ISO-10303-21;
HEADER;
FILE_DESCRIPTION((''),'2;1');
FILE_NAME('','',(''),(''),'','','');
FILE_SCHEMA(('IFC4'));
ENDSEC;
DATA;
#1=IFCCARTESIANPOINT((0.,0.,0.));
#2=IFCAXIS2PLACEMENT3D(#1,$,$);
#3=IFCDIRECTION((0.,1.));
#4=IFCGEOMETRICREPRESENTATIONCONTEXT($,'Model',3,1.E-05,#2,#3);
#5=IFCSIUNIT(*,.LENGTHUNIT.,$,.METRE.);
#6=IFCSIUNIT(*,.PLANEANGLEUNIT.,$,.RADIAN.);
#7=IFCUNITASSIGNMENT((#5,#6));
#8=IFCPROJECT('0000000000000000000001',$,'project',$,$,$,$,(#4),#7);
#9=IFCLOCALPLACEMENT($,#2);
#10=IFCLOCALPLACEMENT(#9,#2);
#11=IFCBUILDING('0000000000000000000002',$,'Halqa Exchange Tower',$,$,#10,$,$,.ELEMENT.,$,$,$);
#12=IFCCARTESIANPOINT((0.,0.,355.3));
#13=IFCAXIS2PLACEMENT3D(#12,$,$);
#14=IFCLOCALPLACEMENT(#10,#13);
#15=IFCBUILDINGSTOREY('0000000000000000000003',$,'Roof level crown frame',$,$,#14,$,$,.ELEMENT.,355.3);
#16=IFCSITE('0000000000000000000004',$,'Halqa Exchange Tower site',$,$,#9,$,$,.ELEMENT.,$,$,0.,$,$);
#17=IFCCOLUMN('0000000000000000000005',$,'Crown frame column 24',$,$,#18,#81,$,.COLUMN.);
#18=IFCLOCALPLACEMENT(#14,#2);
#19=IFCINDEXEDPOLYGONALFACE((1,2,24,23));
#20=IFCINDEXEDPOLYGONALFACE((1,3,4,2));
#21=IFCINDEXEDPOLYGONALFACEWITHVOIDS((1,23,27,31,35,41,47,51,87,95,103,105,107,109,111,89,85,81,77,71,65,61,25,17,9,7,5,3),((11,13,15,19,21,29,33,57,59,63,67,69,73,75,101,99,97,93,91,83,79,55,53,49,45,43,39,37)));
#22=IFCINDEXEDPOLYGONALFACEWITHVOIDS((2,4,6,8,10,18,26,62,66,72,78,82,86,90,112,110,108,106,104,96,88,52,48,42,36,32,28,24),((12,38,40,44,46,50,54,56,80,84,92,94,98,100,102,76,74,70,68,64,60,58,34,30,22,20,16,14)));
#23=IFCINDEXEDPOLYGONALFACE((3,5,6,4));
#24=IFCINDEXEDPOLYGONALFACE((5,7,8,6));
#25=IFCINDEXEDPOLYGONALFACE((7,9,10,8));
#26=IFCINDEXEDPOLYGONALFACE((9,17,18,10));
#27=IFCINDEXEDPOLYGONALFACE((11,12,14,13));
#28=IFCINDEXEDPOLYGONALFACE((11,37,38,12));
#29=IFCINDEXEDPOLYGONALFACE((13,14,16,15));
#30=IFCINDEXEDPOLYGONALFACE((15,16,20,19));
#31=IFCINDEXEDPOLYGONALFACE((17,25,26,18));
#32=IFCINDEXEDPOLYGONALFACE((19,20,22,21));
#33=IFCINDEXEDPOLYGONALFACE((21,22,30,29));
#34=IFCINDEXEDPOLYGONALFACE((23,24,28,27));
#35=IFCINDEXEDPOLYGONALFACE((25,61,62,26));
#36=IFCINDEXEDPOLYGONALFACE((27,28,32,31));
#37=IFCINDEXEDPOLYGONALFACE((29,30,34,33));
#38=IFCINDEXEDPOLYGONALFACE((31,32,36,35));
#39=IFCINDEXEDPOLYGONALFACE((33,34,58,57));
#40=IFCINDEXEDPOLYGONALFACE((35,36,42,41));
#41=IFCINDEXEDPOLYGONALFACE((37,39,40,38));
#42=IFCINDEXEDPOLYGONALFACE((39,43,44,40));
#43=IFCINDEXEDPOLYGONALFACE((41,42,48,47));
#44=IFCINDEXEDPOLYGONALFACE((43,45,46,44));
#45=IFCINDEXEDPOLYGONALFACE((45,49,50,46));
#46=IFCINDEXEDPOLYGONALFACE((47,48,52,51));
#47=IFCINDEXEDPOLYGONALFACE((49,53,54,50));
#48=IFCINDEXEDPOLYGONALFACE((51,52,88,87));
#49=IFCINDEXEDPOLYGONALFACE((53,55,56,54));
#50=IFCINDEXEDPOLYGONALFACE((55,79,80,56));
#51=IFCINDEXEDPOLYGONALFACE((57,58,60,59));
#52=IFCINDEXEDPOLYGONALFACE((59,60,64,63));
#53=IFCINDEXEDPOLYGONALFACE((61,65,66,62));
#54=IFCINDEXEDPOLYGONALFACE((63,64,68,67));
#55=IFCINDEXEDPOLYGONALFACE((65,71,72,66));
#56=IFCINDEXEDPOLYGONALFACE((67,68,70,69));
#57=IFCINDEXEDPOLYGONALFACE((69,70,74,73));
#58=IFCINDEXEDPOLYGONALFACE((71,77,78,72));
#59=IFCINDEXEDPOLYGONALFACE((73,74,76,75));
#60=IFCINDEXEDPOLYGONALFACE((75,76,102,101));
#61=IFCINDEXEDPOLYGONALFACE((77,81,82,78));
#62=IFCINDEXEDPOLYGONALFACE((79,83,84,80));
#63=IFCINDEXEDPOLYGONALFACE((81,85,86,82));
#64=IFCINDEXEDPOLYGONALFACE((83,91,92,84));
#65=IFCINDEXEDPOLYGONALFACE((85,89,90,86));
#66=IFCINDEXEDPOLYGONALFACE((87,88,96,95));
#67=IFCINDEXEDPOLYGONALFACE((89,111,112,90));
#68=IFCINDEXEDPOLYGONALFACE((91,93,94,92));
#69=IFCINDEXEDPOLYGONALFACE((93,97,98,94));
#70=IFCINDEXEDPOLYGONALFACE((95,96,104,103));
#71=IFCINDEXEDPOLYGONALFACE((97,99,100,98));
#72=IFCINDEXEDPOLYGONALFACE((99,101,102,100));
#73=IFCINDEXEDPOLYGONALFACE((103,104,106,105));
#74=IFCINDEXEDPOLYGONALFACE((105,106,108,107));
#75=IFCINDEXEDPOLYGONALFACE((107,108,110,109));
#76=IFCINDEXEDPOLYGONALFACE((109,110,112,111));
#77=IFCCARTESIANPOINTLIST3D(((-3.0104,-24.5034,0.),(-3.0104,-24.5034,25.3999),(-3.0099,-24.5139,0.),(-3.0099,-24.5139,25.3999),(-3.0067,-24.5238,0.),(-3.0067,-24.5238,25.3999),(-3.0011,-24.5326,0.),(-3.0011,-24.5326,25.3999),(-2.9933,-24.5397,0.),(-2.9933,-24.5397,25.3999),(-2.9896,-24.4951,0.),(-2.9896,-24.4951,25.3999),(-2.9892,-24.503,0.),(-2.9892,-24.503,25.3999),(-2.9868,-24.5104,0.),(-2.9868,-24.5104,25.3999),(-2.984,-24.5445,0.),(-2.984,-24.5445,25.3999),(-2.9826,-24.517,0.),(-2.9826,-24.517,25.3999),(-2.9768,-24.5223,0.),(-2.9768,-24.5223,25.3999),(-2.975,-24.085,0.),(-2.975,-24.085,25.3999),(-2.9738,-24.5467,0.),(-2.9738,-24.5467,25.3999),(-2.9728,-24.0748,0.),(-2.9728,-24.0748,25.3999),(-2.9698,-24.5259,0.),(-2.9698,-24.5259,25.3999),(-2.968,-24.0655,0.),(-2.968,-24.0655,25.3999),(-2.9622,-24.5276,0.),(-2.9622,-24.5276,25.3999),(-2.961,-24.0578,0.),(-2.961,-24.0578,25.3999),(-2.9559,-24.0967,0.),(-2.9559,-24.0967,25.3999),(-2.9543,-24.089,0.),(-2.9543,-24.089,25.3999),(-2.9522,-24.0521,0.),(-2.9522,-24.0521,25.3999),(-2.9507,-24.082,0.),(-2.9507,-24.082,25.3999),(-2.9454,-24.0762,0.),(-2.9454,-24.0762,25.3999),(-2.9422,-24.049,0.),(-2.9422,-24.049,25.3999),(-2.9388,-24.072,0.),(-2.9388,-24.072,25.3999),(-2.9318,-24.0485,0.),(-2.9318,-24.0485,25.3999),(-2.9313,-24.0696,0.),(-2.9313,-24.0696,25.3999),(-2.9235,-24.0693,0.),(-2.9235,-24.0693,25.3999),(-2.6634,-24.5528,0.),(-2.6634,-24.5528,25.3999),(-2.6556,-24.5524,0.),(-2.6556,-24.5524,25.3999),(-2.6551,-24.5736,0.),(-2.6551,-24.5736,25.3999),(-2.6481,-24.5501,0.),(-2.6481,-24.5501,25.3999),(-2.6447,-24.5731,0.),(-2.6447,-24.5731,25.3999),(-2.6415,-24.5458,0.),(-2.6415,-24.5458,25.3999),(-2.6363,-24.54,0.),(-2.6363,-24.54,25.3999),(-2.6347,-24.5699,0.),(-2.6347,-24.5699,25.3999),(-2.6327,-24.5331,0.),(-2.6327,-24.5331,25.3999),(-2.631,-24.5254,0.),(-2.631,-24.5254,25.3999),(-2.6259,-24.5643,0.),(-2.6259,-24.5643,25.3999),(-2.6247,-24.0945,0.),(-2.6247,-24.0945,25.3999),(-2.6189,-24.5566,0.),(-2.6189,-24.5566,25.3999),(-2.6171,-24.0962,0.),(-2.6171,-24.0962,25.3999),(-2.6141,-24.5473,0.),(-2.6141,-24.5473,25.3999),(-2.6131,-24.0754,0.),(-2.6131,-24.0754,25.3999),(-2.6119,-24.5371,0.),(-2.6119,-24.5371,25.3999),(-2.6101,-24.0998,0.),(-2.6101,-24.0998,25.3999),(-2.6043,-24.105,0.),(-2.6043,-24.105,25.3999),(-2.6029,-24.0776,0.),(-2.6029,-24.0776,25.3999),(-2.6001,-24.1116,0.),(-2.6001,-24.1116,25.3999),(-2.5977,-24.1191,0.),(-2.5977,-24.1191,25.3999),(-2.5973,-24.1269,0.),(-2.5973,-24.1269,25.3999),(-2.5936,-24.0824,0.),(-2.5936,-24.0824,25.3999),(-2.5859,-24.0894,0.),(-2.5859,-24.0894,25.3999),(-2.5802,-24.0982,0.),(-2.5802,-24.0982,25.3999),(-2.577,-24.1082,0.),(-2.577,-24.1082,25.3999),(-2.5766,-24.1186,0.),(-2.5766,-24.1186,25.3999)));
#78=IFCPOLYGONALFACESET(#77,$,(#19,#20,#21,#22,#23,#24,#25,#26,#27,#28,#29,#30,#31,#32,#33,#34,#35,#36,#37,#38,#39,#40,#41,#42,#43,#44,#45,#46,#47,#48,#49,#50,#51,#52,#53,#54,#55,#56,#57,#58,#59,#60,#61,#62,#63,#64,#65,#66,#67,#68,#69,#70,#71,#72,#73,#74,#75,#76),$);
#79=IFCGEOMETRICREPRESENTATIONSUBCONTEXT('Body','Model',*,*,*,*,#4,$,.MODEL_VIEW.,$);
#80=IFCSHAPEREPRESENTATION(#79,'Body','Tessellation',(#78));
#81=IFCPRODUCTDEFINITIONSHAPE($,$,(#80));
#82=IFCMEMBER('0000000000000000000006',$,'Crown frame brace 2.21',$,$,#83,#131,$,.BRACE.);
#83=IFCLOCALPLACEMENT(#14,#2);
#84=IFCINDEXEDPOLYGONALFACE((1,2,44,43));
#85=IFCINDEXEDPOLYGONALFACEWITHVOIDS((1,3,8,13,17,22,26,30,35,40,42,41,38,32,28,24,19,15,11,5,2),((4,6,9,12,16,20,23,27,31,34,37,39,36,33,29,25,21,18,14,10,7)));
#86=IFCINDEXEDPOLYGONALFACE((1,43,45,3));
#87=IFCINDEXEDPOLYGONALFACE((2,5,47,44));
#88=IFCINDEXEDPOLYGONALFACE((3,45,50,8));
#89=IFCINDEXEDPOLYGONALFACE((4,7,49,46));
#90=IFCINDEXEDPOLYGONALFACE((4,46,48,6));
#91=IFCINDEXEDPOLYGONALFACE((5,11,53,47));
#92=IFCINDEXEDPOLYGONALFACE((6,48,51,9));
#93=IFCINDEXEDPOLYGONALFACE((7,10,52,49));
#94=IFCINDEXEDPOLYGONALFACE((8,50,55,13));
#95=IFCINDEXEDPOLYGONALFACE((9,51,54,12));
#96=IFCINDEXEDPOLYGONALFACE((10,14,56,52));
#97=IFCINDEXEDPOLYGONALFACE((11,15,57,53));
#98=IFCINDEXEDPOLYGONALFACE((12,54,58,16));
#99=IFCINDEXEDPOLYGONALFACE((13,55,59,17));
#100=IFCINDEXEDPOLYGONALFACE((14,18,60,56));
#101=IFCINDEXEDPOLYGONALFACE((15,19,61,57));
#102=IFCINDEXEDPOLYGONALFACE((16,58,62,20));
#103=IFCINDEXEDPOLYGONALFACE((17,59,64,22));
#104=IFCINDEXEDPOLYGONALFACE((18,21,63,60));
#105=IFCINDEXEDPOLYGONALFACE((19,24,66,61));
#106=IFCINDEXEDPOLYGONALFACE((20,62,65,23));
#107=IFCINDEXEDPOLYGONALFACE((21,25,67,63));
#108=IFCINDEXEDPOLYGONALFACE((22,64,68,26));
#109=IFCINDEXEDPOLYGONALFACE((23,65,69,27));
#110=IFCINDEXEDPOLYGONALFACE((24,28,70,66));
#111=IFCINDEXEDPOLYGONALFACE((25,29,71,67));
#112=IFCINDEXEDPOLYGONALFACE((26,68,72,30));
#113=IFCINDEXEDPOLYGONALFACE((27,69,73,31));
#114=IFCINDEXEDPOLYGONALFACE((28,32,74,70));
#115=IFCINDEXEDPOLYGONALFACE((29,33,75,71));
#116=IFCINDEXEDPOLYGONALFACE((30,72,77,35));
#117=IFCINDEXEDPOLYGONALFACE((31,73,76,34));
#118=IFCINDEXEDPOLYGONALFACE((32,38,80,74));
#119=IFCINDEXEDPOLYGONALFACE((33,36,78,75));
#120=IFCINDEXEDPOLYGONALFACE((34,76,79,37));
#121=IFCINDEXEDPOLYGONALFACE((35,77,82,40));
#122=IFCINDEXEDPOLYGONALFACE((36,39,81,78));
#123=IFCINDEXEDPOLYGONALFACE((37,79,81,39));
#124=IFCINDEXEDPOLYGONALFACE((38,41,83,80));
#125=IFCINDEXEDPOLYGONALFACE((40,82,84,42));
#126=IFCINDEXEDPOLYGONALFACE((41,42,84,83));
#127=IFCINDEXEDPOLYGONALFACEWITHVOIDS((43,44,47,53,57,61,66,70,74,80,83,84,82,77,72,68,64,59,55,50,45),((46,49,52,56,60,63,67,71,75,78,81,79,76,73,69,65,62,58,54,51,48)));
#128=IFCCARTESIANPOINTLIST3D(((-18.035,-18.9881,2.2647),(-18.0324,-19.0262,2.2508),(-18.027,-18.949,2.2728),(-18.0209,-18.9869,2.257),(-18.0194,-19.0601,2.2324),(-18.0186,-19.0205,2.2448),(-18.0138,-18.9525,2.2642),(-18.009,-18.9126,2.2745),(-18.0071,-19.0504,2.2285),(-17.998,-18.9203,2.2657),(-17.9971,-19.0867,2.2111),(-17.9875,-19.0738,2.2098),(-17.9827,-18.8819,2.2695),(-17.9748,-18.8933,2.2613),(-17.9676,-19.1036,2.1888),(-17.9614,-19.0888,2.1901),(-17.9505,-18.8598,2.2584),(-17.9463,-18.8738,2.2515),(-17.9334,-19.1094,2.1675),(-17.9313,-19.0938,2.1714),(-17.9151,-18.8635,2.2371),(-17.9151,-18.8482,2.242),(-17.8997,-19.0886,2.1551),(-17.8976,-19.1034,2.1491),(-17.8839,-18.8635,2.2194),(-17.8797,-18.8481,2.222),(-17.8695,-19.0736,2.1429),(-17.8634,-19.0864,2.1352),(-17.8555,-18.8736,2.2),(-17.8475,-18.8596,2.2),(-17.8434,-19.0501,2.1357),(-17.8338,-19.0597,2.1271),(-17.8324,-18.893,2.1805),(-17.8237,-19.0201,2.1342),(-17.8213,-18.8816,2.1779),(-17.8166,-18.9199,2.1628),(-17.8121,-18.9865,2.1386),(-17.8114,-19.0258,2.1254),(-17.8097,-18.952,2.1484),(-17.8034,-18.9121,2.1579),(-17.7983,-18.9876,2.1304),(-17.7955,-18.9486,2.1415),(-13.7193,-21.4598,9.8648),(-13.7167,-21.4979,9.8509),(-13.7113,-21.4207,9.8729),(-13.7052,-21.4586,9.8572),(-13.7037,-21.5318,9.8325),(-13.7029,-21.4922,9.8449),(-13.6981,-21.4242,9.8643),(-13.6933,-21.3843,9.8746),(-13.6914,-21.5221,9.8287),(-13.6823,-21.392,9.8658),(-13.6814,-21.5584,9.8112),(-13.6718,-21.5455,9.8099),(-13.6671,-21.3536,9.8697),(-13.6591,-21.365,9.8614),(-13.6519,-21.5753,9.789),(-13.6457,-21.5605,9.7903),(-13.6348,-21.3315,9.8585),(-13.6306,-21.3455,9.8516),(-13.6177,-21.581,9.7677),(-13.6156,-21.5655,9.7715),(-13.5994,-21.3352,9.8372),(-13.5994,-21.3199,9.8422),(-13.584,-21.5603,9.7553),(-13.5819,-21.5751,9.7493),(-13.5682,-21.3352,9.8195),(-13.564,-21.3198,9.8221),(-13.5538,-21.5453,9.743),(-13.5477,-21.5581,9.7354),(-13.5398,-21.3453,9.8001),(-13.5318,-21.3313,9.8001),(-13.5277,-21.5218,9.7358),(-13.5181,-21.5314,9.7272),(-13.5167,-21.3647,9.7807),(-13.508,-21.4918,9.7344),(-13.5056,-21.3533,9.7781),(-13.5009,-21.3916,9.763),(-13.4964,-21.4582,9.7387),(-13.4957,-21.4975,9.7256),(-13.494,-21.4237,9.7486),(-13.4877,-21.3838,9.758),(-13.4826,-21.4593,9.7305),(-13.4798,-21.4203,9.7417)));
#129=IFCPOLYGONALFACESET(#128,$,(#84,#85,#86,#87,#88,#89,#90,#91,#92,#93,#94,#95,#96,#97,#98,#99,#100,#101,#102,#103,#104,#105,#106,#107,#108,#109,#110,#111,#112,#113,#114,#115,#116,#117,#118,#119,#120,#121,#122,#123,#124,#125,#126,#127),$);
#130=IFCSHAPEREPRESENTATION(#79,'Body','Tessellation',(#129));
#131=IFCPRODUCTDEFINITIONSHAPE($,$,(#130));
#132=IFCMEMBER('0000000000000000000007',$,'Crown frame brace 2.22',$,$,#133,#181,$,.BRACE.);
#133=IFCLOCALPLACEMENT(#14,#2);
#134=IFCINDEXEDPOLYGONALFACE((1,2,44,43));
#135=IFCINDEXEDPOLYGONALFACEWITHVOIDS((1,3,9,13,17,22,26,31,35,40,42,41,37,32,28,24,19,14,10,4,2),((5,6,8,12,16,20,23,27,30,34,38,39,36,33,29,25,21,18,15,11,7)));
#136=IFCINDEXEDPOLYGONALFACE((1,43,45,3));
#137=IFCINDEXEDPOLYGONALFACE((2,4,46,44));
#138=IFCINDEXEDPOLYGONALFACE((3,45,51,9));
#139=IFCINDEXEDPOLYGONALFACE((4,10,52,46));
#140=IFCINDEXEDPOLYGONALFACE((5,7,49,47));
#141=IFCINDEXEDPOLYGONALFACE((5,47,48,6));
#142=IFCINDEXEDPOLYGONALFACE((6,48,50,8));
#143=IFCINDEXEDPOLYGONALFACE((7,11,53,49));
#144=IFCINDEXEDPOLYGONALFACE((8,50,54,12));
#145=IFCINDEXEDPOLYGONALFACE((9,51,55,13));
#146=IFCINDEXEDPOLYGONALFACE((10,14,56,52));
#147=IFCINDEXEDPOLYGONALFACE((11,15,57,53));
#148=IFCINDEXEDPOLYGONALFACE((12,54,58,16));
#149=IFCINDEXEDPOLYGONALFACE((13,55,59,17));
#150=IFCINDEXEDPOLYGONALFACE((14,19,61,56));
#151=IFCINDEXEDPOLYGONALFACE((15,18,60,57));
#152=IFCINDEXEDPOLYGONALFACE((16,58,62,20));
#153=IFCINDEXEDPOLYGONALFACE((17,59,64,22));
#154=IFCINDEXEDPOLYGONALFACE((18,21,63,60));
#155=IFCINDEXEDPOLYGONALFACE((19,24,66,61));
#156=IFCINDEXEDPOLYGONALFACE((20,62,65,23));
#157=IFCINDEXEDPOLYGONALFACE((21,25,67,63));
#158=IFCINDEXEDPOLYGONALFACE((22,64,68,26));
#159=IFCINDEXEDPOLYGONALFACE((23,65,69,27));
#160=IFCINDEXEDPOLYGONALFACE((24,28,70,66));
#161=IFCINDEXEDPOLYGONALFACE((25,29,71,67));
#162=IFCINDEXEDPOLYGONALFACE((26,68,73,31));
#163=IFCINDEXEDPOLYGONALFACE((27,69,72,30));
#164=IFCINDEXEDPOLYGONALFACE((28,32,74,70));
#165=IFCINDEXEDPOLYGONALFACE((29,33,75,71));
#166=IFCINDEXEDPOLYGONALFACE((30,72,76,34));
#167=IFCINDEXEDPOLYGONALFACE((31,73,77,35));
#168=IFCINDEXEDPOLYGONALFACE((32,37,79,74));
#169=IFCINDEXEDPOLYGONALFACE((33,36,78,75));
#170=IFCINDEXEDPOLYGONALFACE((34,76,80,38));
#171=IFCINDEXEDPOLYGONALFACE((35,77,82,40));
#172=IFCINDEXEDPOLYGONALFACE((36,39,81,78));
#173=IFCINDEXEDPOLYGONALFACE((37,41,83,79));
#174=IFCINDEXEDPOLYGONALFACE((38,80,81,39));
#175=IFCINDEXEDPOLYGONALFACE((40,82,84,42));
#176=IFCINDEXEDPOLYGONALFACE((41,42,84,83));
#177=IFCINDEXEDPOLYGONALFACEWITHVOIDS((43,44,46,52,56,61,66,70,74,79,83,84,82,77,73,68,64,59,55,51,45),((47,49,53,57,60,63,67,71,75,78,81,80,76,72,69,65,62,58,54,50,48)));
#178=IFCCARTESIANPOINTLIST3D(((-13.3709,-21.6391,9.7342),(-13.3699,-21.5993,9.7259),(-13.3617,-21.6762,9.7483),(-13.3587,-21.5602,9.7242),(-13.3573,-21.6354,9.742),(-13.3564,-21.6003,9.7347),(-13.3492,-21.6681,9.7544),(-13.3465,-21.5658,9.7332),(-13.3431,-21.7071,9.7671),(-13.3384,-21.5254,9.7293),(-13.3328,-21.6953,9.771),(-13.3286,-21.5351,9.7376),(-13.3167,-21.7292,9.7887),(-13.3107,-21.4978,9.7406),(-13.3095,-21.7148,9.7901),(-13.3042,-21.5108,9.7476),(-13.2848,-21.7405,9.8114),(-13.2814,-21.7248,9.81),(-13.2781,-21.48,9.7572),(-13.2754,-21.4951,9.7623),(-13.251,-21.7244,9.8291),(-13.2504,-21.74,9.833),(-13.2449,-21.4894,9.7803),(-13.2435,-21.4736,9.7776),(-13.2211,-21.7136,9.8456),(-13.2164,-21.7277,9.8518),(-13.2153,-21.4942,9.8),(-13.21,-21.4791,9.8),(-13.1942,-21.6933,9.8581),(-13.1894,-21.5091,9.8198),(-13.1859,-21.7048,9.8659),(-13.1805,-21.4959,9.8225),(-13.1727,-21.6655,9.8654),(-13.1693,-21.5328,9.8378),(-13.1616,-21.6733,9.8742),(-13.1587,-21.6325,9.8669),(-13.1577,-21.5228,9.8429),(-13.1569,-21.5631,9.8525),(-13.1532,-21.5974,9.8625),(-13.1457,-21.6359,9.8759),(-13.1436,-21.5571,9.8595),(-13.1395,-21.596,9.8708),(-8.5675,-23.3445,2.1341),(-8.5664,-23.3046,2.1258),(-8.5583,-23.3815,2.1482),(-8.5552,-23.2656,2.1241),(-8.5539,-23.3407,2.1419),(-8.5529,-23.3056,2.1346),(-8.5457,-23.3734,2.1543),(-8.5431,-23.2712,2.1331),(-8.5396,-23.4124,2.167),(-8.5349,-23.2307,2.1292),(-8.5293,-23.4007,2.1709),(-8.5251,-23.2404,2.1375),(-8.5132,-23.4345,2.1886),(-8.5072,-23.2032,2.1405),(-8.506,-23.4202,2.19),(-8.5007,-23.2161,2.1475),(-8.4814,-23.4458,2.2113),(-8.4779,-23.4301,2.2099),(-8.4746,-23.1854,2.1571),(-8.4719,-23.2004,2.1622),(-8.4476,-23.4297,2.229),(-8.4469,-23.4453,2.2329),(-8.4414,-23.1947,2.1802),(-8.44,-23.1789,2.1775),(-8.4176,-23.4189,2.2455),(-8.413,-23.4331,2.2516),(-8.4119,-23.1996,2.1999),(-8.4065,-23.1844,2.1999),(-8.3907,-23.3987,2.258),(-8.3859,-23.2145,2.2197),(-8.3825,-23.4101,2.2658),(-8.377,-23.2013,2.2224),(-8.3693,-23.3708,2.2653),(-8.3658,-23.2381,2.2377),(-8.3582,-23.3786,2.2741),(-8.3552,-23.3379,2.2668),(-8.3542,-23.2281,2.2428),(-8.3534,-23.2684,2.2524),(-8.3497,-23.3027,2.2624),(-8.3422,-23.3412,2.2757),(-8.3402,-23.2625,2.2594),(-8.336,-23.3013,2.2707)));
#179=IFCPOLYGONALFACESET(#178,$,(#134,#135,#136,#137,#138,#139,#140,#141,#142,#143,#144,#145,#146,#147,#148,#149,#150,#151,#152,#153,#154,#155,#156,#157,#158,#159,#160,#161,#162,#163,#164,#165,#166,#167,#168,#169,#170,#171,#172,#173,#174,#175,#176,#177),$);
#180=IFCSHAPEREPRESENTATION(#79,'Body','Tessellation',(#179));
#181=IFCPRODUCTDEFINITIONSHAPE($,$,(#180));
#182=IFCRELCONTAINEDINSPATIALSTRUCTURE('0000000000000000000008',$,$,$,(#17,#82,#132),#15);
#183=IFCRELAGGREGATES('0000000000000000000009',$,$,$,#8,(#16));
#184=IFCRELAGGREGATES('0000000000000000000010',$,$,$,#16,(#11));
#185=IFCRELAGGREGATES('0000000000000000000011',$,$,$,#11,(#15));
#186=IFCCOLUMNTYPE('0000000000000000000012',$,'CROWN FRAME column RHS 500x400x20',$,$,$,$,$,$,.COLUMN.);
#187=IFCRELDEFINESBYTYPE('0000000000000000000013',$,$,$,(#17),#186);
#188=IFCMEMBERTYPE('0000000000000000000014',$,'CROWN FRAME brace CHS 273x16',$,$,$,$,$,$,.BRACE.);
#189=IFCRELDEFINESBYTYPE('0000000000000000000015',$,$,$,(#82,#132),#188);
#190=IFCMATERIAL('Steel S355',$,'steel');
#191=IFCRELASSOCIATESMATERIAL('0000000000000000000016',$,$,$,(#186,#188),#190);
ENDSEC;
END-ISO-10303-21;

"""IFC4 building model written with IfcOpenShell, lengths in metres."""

from ifc_helpers import new_model, si_unit, direction, frame, origin, origin_2d, place, context, subcontext, project, spatial, hollow_rectangle, hollow_circle, extrude, material, material_profile, profile_set, type_object, element, save


model = new_model("IFC4")

# Units and contexts
model_context = context("Model", 3, precision=1e-05, world=origin(), true_north=direction((0.0, 1.0)))
body_context = subcontext(model_context, "Body", "Model", "MODEL_VIEW")
ifc_project = project(units=[si_unit("LENGTHUNIT", "METRE"), si_unit("PLANEANGLEUNIT", "RADIAN")], contexts=[model_context])

# Site, building, storey
site_placement = place(None, origin())
site = spatial("IfcSite", under=ifc_project, at=site_placement, Name="Halqa Exchange Tower site", CompositionType="ELEMENT", RefElevation=0.0)
building_placement = place(site_placement, origin())
building = spatial("IfcBuilding", under=site, at=building_placement, Name="Halqa Exchange Tower", CompositionType="ELEMENT")
storey_placement = place(building_placement, frame((0.0, 0.0, 355.3)))
storey = spatial("IfcBuildingStorey", under=building, at=storey_placement, Name="Roof level crown frame", CompositionType="ELEMENT", Elevation=355.3)

# Column
ifc_material_1 = material(Name="Steel S355", Category="steel")
ifc_material_profile_1 = material_profile(ifc_material_1, hollow_rectangle(XDim=0.3999, YDim=0.5, WallThickness=0.02, InnerFilletRadius=0.03, OuterFilletRadius=0.04, at=origin_2d()), Name="RHS 500x400x20")
ifc_profile_set_1 = profile_set([ifc_material_profile_1], Name="Steel S355")
column_type = type_object("IfcColumnType", Name="CROWN FRAME column RHS 500x400x20", PredefinedType="COLUMN", material=ifc_profile_set_1)
for number, where, z_axis, x_axis, name in (
    (1, (-2.7935, -24.311, 0.0), (0.0, 0.0, 1.0), (0.996455, -0.084127, 0.0), "Crown frame column 24"),
):
    element("IfcColumn", number, at=place(storey_placement, frame(where, z_axis=z_axis, x_axis=x_axis)), inside=storey, type_object=column_type, Name=name, PredefinedType="COLUMN", context=body_context, shape_type="SweptSolid", body=[
        extrude(hollow_rectangle(XDim=0.3999, YDim=0.5, WallThickness=0.02, InnerFilletRadius=0.03, OuterFilletRadius=0.04, at=origin_2d()), origin(), (0.0, 0.0, 1.0), 25.3999),
    ])

# Members
ifc_material_profile_2 = material_profile(ifc_material_1, hollow_circle(Radius=0.1365, WallThickness=0.0161, at=origin_2d()), Name="CHS 273x16")
ifc_profile_set_2 = profile_set([ifc_material_profile_2], Name="Steel S355")
member_type = type_object("IfcMemberType", Name="CROWN FRAME brace CHS 273x16", PredefinedType="BRACE", material=ifc_profile_set_2)
member_1_placement = place(storey_placement, frame((-17.9153, -18.978, 2.2), z_axis=(0.475152, -0.27213, 0.836765), x_axis=(0.496985, 0.867759, 0.0)))
element("IfcMember", 2, at=member_1_placement, inside=storey, type_object=member_type, Name="Crown frame brace 2.21", PredefinedType="BRACE", context=body_context, shape_type="SweptSolid", body=[
    extrude(hollow_circle(Radius=0.1365, WallThickness=0.0161, at=origin_2d()), origin(), (0.0, 0.0, 1.0), 9.0828),
])
member_2_placement = place(storey_placement, frame((-13.2556, -21.6077, 9.8), z_axis=(0.524905, -0.186351, -0.830511), x_axis=(0.334561, 0.942374, 0.0)))
element("IfcMember", 3, at=member_2_placement, inside=storey, type_object=member_type, Name="Crown frame brace 2.22", PredefinedType="BRACE", context=body_context, shape_type="SweptSolid", body=[
    extrude(hollow_circle(Radius=0.1365, WallThickness=0.0161, at=origin_2d()), origin(), (0.0, 0.0, 1.0), 9.1511),
])

save(model, "model.ifc")
